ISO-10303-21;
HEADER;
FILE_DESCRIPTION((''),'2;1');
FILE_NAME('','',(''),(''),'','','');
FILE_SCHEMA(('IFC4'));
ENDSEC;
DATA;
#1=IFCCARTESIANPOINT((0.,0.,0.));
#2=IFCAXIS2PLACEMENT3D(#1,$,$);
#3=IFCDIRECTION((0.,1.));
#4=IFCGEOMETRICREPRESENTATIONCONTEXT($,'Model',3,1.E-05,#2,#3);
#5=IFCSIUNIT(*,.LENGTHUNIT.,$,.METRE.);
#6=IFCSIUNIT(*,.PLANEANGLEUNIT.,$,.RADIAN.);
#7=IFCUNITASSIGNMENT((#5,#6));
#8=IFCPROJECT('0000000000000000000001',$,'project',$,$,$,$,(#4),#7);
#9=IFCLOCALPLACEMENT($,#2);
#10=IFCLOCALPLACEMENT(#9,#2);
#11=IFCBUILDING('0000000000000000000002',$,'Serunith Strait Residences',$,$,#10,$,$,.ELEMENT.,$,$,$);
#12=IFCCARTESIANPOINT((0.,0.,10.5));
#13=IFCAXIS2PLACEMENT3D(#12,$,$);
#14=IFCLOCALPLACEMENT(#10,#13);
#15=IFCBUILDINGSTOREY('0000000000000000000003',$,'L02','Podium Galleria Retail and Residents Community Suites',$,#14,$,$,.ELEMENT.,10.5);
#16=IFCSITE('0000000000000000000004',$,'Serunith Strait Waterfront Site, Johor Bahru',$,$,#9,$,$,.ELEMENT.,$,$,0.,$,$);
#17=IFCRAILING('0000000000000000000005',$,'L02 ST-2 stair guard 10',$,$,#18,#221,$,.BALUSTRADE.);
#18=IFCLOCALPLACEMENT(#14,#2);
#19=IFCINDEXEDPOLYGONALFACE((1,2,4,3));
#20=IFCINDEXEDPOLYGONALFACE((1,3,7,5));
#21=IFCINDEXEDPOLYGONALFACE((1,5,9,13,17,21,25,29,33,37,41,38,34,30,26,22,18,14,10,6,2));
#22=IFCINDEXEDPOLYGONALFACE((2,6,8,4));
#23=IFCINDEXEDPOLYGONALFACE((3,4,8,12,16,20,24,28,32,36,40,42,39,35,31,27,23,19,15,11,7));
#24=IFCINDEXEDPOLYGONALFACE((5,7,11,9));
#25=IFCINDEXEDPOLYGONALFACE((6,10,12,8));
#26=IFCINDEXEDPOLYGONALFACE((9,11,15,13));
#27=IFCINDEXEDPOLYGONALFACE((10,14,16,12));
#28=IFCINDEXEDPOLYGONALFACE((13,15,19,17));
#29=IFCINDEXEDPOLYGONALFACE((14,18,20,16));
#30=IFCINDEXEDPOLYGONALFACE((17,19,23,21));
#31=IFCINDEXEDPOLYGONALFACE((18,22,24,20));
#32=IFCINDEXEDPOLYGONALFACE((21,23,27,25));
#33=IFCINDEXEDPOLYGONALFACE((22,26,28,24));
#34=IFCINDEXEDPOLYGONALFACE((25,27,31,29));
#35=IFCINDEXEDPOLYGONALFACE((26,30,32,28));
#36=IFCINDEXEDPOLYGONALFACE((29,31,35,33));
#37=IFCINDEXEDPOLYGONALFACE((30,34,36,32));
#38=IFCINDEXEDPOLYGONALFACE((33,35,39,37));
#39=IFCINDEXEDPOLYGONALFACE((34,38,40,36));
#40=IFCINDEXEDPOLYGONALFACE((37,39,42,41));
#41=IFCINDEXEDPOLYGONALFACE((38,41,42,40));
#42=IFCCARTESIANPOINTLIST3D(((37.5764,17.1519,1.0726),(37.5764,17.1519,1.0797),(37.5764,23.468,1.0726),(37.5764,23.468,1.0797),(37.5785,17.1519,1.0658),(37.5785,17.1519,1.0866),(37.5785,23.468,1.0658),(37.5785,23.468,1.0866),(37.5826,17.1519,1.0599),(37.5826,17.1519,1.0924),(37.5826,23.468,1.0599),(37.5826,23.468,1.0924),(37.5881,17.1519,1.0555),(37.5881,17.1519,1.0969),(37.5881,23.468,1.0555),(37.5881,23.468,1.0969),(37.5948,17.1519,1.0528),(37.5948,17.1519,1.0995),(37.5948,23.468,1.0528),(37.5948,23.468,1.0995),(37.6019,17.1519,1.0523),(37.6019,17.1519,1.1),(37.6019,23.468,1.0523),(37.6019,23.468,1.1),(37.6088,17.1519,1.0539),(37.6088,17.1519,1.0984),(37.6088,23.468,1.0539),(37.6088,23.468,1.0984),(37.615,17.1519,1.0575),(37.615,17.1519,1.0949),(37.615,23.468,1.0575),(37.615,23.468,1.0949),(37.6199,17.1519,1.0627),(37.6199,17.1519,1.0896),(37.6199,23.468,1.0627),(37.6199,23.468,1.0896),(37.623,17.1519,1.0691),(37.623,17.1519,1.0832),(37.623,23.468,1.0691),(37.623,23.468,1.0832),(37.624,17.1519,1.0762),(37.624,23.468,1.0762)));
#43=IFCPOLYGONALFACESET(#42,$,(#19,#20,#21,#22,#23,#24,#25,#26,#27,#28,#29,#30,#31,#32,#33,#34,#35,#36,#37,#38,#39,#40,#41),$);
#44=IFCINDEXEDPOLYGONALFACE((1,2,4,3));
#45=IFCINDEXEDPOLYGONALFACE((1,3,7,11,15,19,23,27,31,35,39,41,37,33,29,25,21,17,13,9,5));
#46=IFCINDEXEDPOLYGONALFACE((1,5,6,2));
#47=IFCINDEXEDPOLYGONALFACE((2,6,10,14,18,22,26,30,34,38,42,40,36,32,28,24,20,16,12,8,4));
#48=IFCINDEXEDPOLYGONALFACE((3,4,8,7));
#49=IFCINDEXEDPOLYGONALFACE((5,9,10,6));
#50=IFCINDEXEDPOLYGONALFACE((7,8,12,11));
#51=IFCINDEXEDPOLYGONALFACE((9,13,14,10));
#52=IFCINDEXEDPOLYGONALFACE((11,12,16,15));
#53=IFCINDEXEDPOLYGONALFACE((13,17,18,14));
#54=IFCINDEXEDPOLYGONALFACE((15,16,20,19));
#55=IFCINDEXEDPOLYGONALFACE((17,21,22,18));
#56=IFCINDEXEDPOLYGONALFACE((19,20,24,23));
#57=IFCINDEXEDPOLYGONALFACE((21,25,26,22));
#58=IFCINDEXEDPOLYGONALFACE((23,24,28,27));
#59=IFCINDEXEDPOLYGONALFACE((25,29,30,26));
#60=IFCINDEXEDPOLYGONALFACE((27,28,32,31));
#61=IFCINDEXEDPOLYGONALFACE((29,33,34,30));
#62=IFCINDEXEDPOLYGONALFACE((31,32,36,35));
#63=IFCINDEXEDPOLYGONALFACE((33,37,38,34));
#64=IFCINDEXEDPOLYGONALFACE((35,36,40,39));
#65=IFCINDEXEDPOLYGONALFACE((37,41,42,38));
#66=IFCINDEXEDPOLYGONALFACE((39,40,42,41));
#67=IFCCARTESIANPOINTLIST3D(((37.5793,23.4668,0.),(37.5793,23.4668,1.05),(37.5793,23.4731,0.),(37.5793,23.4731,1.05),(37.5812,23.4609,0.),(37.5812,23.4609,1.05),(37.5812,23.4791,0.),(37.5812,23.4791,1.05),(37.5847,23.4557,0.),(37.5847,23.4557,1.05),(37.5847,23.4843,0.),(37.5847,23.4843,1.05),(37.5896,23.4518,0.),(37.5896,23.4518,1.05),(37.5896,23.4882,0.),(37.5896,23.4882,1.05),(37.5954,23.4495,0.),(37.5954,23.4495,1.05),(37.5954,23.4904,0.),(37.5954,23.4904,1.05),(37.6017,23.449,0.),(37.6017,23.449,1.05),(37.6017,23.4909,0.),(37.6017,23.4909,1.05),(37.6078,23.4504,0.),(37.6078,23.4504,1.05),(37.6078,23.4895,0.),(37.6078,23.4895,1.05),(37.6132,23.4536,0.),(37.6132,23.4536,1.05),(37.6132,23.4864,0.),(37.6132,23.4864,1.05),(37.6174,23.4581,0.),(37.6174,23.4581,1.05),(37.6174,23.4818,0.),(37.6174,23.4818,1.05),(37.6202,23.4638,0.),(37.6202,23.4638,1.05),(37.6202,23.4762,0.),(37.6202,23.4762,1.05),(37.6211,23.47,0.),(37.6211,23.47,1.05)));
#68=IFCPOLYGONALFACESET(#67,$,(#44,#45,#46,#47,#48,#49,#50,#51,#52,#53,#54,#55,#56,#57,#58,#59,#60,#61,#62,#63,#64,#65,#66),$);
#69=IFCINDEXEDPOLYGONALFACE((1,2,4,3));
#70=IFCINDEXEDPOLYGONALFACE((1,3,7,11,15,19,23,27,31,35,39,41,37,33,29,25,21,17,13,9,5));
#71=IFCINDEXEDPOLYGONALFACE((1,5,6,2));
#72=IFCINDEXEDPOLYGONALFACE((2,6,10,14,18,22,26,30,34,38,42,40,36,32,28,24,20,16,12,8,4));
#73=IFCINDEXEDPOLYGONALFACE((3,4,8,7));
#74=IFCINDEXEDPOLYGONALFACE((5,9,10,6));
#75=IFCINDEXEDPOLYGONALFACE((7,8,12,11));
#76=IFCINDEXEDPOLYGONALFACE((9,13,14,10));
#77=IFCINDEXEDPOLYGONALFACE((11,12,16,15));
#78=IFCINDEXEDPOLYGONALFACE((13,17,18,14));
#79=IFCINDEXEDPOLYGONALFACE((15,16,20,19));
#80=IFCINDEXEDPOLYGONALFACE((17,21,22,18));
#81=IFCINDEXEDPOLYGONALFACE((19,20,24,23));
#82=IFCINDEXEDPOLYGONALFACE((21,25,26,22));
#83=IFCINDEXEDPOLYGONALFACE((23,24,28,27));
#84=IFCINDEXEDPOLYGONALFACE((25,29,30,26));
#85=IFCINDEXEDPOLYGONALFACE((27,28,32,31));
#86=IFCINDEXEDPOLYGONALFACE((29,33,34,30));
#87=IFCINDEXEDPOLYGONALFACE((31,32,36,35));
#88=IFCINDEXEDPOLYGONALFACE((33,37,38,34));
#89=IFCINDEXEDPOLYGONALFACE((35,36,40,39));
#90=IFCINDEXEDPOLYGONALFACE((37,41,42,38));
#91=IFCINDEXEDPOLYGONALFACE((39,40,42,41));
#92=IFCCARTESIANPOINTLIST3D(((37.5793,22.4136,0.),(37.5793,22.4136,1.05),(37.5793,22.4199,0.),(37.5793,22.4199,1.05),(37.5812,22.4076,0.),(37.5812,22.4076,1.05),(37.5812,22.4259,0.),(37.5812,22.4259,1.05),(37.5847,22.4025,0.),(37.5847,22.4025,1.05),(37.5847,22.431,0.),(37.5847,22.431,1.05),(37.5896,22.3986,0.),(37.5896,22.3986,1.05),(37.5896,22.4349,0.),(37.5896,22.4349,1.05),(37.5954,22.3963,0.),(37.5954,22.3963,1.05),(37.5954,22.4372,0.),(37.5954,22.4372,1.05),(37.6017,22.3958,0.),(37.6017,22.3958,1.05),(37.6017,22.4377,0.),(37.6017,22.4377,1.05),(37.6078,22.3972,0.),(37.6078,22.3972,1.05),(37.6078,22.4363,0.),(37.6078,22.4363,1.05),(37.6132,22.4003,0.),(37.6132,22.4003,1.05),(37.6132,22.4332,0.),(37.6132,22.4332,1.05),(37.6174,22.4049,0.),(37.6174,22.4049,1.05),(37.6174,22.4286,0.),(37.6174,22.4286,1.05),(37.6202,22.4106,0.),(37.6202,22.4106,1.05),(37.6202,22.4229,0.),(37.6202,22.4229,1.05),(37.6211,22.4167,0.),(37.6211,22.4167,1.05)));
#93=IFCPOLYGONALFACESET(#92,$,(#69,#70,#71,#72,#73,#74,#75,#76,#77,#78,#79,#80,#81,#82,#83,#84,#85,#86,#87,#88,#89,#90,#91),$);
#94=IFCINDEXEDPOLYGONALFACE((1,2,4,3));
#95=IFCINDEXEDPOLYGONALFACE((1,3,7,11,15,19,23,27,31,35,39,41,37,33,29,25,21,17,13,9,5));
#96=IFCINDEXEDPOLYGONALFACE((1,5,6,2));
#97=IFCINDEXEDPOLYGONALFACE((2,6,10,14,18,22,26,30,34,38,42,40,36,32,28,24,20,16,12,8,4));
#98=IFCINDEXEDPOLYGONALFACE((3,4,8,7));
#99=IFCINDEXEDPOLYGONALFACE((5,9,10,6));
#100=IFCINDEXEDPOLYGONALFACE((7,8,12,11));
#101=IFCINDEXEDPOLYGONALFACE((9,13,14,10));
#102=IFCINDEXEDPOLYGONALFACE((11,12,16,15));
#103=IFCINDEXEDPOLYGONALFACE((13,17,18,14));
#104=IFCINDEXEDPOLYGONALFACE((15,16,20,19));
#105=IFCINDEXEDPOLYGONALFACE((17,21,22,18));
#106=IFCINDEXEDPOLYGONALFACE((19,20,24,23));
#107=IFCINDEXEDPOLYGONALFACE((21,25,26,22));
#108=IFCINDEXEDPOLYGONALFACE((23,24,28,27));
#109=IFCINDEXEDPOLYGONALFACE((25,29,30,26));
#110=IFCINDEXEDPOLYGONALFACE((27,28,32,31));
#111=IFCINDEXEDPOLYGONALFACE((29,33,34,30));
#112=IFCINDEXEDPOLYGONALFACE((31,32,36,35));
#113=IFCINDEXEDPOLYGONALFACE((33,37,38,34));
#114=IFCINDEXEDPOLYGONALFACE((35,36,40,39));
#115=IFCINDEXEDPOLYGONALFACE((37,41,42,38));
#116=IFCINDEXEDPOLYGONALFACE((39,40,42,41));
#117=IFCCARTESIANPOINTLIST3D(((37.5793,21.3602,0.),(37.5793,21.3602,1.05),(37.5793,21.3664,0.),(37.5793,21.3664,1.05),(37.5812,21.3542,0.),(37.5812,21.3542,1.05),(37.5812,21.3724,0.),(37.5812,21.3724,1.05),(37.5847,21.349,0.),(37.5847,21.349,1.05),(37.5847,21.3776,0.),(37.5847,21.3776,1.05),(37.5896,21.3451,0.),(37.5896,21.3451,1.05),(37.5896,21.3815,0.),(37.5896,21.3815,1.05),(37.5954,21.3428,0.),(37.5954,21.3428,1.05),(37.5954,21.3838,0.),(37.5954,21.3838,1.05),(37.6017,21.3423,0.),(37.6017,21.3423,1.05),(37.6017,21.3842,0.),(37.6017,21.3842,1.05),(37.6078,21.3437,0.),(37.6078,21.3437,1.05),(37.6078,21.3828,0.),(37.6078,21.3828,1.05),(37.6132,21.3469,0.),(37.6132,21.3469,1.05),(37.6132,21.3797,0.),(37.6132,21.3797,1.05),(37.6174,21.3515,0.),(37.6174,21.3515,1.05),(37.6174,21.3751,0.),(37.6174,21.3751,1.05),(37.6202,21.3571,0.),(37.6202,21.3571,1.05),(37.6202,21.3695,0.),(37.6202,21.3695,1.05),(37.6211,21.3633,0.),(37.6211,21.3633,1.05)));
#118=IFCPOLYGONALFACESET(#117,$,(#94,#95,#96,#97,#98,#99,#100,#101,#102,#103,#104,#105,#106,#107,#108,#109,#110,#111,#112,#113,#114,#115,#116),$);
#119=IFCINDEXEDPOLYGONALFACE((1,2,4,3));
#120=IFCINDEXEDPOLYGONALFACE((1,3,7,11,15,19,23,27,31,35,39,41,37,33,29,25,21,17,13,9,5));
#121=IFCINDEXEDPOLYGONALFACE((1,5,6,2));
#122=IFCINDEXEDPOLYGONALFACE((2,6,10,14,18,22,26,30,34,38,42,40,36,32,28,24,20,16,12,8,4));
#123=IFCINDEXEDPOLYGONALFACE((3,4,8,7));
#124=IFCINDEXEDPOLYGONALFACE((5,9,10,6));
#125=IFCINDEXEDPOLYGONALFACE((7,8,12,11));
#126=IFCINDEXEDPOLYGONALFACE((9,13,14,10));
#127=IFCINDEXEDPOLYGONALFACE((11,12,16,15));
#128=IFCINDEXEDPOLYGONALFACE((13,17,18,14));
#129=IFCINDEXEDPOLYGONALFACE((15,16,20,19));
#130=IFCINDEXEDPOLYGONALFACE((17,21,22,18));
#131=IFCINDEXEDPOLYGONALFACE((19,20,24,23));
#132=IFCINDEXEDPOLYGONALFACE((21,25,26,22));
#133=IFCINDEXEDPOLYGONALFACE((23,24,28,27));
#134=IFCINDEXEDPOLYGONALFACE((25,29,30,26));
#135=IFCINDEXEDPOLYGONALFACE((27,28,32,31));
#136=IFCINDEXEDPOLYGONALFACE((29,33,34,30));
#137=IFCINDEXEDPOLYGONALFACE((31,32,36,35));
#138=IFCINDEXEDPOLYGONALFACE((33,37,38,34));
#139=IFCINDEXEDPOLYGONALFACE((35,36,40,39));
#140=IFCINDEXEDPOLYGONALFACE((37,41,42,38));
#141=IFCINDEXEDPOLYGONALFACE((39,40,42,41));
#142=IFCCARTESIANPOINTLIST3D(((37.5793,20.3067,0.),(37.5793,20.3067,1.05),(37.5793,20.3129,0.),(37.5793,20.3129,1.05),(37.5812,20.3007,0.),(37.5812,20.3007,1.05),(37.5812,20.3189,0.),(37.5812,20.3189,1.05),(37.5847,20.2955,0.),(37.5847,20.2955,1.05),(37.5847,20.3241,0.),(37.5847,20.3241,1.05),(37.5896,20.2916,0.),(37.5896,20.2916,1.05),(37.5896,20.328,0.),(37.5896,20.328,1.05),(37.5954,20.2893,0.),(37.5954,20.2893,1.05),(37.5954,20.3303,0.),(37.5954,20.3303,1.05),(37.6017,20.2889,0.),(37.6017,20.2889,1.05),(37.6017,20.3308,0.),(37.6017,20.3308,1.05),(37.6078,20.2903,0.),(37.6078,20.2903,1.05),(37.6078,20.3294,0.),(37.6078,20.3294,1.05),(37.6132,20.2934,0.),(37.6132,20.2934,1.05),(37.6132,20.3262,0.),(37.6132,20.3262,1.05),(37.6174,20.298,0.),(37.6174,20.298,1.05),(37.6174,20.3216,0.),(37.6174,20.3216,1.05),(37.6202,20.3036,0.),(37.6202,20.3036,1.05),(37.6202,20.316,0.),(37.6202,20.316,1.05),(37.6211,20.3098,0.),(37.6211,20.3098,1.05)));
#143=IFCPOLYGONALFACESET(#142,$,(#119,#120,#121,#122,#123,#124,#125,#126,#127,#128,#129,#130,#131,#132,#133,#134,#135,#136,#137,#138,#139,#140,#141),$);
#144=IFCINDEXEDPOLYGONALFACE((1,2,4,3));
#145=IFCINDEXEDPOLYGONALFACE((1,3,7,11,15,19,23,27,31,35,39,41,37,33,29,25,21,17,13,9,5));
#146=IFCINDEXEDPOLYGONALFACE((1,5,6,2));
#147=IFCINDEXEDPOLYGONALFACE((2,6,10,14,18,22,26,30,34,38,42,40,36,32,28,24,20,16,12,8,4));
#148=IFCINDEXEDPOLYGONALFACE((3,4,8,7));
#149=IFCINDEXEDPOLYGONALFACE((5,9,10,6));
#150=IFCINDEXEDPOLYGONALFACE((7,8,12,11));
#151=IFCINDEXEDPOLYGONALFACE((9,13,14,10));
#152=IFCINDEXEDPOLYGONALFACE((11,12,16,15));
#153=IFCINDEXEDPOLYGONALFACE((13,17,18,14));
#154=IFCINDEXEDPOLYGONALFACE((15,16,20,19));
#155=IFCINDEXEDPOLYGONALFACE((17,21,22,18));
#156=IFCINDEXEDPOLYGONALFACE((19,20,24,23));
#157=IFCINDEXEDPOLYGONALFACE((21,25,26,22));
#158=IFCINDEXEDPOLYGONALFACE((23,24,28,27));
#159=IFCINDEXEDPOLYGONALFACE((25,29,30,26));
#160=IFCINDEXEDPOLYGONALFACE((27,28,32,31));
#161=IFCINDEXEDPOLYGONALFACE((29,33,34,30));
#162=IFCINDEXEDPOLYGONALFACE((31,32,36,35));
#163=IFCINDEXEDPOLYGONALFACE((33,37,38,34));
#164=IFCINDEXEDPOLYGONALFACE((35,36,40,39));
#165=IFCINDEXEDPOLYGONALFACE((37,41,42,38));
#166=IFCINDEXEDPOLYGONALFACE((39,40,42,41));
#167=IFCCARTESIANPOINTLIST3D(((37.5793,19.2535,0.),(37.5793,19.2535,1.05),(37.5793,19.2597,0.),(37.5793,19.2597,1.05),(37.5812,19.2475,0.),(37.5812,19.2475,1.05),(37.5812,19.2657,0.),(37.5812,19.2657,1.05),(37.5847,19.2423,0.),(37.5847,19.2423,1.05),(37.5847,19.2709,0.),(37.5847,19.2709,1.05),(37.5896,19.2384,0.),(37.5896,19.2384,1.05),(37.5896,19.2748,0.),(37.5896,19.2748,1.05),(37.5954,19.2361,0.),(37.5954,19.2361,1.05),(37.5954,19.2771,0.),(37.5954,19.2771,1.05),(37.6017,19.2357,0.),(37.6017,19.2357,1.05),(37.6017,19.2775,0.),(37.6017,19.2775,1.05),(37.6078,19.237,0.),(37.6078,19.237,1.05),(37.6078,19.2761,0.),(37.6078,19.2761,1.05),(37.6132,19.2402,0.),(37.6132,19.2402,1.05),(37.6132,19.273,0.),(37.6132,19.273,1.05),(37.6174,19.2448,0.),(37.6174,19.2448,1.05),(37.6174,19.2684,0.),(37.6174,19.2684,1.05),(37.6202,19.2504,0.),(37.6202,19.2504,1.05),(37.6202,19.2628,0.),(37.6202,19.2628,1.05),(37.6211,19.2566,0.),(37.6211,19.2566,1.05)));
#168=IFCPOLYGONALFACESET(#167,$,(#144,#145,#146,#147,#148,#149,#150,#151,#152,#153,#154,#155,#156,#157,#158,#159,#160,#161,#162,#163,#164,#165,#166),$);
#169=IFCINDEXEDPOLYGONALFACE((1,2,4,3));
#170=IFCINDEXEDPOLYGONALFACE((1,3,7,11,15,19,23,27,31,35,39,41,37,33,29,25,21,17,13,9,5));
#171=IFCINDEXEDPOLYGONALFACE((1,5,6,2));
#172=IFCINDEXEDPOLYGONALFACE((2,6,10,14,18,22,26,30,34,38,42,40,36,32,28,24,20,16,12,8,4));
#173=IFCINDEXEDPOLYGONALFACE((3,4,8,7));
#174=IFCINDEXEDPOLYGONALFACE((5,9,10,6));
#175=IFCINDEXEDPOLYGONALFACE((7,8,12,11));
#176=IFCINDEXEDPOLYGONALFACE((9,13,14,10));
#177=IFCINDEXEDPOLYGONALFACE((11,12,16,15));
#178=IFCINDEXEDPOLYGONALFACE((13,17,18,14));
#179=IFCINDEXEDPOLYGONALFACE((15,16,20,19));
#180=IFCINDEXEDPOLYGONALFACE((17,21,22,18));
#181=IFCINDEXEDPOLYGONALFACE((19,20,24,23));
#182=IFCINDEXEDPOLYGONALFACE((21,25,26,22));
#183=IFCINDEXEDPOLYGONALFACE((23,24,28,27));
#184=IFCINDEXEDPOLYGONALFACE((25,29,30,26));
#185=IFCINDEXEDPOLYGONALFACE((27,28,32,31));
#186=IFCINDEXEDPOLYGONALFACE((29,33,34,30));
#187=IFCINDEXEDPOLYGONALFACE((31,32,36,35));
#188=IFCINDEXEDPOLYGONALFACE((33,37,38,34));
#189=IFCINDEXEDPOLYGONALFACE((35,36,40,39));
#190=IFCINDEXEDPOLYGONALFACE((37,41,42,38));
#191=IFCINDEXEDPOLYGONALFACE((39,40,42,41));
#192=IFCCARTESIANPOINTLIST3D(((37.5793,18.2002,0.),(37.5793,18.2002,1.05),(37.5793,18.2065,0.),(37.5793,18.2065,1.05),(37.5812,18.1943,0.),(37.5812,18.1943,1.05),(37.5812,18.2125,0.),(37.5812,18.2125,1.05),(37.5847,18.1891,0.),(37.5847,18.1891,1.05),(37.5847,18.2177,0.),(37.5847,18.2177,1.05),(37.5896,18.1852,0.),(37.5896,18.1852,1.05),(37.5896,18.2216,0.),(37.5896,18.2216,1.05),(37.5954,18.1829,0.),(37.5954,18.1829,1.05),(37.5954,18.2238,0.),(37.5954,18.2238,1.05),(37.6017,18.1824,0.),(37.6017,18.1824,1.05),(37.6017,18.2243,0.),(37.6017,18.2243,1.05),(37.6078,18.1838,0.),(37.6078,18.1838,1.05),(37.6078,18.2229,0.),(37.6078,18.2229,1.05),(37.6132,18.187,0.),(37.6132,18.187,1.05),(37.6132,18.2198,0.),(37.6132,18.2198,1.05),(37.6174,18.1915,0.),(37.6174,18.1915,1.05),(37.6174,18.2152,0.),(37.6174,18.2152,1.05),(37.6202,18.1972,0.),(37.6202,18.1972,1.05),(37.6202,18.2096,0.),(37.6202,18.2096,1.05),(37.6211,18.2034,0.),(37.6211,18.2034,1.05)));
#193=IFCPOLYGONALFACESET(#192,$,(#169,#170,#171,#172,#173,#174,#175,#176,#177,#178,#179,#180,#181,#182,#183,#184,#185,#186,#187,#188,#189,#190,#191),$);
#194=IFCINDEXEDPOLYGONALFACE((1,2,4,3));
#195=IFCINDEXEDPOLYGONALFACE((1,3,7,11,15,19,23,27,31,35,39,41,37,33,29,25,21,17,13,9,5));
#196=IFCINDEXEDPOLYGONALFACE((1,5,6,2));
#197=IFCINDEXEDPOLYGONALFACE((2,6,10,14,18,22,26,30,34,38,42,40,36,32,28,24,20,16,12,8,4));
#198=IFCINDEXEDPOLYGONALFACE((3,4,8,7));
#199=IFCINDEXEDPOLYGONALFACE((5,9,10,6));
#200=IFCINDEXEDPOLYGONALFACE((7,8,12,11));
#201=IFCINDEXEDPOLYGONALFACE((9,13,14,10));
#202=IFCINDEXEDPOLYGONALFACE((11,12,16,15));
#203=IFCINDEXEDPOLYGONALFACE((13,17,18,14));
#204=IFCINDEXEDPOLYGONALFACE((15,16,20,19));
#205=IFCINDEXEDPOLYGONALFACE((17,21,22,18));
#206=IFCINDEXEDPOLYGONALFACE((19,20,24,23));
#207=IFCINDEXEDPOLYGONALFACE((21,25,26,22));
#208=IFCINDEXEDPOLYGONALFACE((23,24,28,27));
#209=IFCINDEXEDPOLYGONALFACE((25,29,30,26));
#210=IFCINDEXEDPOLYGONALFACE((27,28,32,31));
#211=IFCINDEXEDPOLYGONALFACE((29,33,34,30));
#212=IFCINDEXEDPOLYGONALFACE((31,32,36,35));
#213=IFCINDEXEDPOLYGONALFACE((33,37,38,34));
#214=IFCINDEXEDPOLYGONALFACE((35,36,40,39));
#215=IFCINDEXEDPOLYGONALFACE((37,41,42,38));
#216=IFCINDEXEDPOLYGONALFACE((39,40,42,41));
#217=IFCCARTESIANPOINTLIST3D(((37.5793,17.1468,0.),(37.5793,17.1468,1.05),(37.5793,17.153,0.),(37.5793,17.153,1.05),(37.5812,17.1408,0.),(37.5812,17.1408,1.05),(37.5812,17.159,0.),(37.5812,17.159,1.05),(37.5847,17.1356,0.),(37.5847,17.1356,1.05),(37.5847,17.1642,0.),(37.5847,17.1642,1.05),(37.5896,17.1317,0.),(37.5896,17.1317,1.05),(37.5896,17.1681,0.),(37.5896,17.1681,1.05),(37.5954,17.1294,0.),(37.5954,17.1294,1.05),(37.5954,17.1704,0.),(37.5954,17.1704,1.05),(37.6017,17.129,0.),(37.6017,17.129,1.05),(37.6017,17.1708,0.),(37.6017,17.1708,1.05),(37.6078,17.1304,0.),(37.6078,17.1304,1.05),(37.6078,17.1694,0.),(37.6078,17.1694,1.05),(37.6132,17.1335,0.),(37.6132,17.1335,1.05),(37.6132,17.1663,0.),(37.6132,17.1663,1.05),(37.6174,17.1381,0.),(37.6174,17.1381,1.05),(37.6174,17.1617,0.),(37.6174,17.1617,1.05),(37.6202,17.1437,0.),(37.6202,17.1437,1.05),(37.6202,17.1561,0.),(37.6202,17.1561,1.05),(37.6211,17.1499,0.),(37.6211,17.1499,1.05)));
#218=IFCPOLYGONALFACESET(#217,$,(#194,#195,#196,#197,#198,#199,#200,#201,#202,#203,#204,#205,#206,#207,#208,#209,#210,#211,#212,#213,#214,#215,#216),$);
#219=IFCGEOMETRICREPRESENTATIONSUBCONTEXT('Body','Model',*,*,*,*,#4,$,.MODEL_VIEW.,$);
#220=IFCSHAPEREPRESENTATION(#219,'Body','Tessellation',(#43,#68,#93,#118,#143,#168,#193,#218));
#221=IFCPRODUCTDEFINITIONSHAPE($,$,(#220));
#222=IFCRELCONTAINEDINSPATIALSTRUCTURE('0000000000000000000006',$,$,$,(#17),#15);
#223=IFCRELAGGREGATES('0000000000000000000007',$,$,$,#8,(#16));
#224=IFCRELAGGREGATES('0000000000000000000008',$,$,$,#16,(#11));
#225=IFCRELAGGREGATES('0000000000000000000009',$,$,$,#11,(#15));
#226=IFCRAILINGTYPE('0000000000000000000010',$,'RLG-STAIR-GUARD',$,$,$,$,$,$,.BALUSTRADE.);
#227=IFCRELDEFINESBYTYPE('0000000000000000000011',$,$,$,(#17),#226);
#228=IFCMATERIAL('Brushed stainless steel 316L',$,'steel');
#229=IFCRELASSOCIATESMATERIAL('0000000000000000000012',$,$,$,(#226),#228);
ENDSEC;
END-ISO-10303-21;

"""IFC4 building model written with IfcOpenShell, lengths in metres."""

from ifc_helpers import new_model, si_unit, direction, frame, origin, origin_2d, place, context, subcontext, project, spatial, circle, extrude, material, type_object, element, save


model = new_model("IFC4")

# Units and contexts
model_context = context("Model", 3, precision=1e-05, world=origin(), true_north=direction((0.0, 1.0)))
body_context = subcontext(model_context, "Body", "Model", "MODEL_VIEW")
ifc_project = project(units=[si_unit("LENGTHUNIT", "METRE"), si_unit("PLANEANGLEUNIT", "RADIAN")], contexts=[model_context])

# Site, building, storey
site_placement = place(None, origin())
site = spatial("IfcSite", under=ifc_project, at=site_placement, Name="Serunith Strait Waterfront Site, Johor Bahru", CompositionType="ELEMENT", RefElevation=0.0)
building_placement = place(site_placement, origin())
building = spatial("IfcBuilding", under=site, at=building_placement, Name="Serunith Strait Residences", CompositionType="ELEMENT")
storey_placement = place(building_placement, frame((0.0, 0.0, 10.5)))
storey = spatial("IfcBuildingStorey", under=building, at=storey_placement, Name="L02", Description="Podium Galleria Retail and Residents Community Suites", CompositionType="ELEMENT", Elevation=10.5)

# Railing
ifc_material_1 = material(Name="Brushed stainless steel 316L", Category="steel")
railing_type_1 = type_object("IfcRailingType", Name="RLG-STAIR-GUARD", PredefinedType="BALUSTRADE", material=ifc_material_1)
railing_1_placement = place(storey_placement, frame((37.6001, 23.47, 0.0)))
element("IfcRailing", 1, at=railing_1_placement, inside=storey, type_object=railing_type_1, Name="L02 ST-2 stair guard 10", PredefinedType="BALUSTRADE", context=body_context, shape_type="SweptSolid", body=[
    extrude(circle(Radius=0.0239, at=origin_2d()), frame((0.0, -0.002, 1.0762), z_axis=(0.0, -1.0, 0.0), x_axis=(1.0, 0.0, 0.0)), (0.0, 0.0, 1.0), 6.3162),
    extrude(circle(Radius=0.021, at=origin_2d()), origin(), (0.0, 0.0, 1.0), 1.05),
    extrude(circle(Radius=0.021, at=origin_2d()), frame((0.0, -1.0532, 0.0)), (0.0, 0.0, 1.0), 1.05),
    extrude(circle(Radius=0.021, at=origin_2d()), frame((0.0, -2.1067, 0.0)), (0.0, 0.0, 1.0), 1.05),
    extrude(circle(Radius=0.021, at=origin_2d()), frame((0.0, -3.1602, 0.0)), (0.0, 0.0, 1.0), 1.05),
    extrude(circle(Radius=0.021, at=origin_2d()), frame((0.0, -4.2134, 0.0)), (0.0, 0.0, 1.0), 1.05),
    extrude(circle(Radius=0.021, at=origin_2d()), frame((0.0, -5.2666, 0.0)), (0.0, 0.0, 1.0), 1.05),
    extrude(circle(Radius=0.021, at=origin_2d()), frame((0.0, -6.3201, 0.0)), (0.0, 0.0, 1.0), 1.05),
])

save(model, "model.ifc")
